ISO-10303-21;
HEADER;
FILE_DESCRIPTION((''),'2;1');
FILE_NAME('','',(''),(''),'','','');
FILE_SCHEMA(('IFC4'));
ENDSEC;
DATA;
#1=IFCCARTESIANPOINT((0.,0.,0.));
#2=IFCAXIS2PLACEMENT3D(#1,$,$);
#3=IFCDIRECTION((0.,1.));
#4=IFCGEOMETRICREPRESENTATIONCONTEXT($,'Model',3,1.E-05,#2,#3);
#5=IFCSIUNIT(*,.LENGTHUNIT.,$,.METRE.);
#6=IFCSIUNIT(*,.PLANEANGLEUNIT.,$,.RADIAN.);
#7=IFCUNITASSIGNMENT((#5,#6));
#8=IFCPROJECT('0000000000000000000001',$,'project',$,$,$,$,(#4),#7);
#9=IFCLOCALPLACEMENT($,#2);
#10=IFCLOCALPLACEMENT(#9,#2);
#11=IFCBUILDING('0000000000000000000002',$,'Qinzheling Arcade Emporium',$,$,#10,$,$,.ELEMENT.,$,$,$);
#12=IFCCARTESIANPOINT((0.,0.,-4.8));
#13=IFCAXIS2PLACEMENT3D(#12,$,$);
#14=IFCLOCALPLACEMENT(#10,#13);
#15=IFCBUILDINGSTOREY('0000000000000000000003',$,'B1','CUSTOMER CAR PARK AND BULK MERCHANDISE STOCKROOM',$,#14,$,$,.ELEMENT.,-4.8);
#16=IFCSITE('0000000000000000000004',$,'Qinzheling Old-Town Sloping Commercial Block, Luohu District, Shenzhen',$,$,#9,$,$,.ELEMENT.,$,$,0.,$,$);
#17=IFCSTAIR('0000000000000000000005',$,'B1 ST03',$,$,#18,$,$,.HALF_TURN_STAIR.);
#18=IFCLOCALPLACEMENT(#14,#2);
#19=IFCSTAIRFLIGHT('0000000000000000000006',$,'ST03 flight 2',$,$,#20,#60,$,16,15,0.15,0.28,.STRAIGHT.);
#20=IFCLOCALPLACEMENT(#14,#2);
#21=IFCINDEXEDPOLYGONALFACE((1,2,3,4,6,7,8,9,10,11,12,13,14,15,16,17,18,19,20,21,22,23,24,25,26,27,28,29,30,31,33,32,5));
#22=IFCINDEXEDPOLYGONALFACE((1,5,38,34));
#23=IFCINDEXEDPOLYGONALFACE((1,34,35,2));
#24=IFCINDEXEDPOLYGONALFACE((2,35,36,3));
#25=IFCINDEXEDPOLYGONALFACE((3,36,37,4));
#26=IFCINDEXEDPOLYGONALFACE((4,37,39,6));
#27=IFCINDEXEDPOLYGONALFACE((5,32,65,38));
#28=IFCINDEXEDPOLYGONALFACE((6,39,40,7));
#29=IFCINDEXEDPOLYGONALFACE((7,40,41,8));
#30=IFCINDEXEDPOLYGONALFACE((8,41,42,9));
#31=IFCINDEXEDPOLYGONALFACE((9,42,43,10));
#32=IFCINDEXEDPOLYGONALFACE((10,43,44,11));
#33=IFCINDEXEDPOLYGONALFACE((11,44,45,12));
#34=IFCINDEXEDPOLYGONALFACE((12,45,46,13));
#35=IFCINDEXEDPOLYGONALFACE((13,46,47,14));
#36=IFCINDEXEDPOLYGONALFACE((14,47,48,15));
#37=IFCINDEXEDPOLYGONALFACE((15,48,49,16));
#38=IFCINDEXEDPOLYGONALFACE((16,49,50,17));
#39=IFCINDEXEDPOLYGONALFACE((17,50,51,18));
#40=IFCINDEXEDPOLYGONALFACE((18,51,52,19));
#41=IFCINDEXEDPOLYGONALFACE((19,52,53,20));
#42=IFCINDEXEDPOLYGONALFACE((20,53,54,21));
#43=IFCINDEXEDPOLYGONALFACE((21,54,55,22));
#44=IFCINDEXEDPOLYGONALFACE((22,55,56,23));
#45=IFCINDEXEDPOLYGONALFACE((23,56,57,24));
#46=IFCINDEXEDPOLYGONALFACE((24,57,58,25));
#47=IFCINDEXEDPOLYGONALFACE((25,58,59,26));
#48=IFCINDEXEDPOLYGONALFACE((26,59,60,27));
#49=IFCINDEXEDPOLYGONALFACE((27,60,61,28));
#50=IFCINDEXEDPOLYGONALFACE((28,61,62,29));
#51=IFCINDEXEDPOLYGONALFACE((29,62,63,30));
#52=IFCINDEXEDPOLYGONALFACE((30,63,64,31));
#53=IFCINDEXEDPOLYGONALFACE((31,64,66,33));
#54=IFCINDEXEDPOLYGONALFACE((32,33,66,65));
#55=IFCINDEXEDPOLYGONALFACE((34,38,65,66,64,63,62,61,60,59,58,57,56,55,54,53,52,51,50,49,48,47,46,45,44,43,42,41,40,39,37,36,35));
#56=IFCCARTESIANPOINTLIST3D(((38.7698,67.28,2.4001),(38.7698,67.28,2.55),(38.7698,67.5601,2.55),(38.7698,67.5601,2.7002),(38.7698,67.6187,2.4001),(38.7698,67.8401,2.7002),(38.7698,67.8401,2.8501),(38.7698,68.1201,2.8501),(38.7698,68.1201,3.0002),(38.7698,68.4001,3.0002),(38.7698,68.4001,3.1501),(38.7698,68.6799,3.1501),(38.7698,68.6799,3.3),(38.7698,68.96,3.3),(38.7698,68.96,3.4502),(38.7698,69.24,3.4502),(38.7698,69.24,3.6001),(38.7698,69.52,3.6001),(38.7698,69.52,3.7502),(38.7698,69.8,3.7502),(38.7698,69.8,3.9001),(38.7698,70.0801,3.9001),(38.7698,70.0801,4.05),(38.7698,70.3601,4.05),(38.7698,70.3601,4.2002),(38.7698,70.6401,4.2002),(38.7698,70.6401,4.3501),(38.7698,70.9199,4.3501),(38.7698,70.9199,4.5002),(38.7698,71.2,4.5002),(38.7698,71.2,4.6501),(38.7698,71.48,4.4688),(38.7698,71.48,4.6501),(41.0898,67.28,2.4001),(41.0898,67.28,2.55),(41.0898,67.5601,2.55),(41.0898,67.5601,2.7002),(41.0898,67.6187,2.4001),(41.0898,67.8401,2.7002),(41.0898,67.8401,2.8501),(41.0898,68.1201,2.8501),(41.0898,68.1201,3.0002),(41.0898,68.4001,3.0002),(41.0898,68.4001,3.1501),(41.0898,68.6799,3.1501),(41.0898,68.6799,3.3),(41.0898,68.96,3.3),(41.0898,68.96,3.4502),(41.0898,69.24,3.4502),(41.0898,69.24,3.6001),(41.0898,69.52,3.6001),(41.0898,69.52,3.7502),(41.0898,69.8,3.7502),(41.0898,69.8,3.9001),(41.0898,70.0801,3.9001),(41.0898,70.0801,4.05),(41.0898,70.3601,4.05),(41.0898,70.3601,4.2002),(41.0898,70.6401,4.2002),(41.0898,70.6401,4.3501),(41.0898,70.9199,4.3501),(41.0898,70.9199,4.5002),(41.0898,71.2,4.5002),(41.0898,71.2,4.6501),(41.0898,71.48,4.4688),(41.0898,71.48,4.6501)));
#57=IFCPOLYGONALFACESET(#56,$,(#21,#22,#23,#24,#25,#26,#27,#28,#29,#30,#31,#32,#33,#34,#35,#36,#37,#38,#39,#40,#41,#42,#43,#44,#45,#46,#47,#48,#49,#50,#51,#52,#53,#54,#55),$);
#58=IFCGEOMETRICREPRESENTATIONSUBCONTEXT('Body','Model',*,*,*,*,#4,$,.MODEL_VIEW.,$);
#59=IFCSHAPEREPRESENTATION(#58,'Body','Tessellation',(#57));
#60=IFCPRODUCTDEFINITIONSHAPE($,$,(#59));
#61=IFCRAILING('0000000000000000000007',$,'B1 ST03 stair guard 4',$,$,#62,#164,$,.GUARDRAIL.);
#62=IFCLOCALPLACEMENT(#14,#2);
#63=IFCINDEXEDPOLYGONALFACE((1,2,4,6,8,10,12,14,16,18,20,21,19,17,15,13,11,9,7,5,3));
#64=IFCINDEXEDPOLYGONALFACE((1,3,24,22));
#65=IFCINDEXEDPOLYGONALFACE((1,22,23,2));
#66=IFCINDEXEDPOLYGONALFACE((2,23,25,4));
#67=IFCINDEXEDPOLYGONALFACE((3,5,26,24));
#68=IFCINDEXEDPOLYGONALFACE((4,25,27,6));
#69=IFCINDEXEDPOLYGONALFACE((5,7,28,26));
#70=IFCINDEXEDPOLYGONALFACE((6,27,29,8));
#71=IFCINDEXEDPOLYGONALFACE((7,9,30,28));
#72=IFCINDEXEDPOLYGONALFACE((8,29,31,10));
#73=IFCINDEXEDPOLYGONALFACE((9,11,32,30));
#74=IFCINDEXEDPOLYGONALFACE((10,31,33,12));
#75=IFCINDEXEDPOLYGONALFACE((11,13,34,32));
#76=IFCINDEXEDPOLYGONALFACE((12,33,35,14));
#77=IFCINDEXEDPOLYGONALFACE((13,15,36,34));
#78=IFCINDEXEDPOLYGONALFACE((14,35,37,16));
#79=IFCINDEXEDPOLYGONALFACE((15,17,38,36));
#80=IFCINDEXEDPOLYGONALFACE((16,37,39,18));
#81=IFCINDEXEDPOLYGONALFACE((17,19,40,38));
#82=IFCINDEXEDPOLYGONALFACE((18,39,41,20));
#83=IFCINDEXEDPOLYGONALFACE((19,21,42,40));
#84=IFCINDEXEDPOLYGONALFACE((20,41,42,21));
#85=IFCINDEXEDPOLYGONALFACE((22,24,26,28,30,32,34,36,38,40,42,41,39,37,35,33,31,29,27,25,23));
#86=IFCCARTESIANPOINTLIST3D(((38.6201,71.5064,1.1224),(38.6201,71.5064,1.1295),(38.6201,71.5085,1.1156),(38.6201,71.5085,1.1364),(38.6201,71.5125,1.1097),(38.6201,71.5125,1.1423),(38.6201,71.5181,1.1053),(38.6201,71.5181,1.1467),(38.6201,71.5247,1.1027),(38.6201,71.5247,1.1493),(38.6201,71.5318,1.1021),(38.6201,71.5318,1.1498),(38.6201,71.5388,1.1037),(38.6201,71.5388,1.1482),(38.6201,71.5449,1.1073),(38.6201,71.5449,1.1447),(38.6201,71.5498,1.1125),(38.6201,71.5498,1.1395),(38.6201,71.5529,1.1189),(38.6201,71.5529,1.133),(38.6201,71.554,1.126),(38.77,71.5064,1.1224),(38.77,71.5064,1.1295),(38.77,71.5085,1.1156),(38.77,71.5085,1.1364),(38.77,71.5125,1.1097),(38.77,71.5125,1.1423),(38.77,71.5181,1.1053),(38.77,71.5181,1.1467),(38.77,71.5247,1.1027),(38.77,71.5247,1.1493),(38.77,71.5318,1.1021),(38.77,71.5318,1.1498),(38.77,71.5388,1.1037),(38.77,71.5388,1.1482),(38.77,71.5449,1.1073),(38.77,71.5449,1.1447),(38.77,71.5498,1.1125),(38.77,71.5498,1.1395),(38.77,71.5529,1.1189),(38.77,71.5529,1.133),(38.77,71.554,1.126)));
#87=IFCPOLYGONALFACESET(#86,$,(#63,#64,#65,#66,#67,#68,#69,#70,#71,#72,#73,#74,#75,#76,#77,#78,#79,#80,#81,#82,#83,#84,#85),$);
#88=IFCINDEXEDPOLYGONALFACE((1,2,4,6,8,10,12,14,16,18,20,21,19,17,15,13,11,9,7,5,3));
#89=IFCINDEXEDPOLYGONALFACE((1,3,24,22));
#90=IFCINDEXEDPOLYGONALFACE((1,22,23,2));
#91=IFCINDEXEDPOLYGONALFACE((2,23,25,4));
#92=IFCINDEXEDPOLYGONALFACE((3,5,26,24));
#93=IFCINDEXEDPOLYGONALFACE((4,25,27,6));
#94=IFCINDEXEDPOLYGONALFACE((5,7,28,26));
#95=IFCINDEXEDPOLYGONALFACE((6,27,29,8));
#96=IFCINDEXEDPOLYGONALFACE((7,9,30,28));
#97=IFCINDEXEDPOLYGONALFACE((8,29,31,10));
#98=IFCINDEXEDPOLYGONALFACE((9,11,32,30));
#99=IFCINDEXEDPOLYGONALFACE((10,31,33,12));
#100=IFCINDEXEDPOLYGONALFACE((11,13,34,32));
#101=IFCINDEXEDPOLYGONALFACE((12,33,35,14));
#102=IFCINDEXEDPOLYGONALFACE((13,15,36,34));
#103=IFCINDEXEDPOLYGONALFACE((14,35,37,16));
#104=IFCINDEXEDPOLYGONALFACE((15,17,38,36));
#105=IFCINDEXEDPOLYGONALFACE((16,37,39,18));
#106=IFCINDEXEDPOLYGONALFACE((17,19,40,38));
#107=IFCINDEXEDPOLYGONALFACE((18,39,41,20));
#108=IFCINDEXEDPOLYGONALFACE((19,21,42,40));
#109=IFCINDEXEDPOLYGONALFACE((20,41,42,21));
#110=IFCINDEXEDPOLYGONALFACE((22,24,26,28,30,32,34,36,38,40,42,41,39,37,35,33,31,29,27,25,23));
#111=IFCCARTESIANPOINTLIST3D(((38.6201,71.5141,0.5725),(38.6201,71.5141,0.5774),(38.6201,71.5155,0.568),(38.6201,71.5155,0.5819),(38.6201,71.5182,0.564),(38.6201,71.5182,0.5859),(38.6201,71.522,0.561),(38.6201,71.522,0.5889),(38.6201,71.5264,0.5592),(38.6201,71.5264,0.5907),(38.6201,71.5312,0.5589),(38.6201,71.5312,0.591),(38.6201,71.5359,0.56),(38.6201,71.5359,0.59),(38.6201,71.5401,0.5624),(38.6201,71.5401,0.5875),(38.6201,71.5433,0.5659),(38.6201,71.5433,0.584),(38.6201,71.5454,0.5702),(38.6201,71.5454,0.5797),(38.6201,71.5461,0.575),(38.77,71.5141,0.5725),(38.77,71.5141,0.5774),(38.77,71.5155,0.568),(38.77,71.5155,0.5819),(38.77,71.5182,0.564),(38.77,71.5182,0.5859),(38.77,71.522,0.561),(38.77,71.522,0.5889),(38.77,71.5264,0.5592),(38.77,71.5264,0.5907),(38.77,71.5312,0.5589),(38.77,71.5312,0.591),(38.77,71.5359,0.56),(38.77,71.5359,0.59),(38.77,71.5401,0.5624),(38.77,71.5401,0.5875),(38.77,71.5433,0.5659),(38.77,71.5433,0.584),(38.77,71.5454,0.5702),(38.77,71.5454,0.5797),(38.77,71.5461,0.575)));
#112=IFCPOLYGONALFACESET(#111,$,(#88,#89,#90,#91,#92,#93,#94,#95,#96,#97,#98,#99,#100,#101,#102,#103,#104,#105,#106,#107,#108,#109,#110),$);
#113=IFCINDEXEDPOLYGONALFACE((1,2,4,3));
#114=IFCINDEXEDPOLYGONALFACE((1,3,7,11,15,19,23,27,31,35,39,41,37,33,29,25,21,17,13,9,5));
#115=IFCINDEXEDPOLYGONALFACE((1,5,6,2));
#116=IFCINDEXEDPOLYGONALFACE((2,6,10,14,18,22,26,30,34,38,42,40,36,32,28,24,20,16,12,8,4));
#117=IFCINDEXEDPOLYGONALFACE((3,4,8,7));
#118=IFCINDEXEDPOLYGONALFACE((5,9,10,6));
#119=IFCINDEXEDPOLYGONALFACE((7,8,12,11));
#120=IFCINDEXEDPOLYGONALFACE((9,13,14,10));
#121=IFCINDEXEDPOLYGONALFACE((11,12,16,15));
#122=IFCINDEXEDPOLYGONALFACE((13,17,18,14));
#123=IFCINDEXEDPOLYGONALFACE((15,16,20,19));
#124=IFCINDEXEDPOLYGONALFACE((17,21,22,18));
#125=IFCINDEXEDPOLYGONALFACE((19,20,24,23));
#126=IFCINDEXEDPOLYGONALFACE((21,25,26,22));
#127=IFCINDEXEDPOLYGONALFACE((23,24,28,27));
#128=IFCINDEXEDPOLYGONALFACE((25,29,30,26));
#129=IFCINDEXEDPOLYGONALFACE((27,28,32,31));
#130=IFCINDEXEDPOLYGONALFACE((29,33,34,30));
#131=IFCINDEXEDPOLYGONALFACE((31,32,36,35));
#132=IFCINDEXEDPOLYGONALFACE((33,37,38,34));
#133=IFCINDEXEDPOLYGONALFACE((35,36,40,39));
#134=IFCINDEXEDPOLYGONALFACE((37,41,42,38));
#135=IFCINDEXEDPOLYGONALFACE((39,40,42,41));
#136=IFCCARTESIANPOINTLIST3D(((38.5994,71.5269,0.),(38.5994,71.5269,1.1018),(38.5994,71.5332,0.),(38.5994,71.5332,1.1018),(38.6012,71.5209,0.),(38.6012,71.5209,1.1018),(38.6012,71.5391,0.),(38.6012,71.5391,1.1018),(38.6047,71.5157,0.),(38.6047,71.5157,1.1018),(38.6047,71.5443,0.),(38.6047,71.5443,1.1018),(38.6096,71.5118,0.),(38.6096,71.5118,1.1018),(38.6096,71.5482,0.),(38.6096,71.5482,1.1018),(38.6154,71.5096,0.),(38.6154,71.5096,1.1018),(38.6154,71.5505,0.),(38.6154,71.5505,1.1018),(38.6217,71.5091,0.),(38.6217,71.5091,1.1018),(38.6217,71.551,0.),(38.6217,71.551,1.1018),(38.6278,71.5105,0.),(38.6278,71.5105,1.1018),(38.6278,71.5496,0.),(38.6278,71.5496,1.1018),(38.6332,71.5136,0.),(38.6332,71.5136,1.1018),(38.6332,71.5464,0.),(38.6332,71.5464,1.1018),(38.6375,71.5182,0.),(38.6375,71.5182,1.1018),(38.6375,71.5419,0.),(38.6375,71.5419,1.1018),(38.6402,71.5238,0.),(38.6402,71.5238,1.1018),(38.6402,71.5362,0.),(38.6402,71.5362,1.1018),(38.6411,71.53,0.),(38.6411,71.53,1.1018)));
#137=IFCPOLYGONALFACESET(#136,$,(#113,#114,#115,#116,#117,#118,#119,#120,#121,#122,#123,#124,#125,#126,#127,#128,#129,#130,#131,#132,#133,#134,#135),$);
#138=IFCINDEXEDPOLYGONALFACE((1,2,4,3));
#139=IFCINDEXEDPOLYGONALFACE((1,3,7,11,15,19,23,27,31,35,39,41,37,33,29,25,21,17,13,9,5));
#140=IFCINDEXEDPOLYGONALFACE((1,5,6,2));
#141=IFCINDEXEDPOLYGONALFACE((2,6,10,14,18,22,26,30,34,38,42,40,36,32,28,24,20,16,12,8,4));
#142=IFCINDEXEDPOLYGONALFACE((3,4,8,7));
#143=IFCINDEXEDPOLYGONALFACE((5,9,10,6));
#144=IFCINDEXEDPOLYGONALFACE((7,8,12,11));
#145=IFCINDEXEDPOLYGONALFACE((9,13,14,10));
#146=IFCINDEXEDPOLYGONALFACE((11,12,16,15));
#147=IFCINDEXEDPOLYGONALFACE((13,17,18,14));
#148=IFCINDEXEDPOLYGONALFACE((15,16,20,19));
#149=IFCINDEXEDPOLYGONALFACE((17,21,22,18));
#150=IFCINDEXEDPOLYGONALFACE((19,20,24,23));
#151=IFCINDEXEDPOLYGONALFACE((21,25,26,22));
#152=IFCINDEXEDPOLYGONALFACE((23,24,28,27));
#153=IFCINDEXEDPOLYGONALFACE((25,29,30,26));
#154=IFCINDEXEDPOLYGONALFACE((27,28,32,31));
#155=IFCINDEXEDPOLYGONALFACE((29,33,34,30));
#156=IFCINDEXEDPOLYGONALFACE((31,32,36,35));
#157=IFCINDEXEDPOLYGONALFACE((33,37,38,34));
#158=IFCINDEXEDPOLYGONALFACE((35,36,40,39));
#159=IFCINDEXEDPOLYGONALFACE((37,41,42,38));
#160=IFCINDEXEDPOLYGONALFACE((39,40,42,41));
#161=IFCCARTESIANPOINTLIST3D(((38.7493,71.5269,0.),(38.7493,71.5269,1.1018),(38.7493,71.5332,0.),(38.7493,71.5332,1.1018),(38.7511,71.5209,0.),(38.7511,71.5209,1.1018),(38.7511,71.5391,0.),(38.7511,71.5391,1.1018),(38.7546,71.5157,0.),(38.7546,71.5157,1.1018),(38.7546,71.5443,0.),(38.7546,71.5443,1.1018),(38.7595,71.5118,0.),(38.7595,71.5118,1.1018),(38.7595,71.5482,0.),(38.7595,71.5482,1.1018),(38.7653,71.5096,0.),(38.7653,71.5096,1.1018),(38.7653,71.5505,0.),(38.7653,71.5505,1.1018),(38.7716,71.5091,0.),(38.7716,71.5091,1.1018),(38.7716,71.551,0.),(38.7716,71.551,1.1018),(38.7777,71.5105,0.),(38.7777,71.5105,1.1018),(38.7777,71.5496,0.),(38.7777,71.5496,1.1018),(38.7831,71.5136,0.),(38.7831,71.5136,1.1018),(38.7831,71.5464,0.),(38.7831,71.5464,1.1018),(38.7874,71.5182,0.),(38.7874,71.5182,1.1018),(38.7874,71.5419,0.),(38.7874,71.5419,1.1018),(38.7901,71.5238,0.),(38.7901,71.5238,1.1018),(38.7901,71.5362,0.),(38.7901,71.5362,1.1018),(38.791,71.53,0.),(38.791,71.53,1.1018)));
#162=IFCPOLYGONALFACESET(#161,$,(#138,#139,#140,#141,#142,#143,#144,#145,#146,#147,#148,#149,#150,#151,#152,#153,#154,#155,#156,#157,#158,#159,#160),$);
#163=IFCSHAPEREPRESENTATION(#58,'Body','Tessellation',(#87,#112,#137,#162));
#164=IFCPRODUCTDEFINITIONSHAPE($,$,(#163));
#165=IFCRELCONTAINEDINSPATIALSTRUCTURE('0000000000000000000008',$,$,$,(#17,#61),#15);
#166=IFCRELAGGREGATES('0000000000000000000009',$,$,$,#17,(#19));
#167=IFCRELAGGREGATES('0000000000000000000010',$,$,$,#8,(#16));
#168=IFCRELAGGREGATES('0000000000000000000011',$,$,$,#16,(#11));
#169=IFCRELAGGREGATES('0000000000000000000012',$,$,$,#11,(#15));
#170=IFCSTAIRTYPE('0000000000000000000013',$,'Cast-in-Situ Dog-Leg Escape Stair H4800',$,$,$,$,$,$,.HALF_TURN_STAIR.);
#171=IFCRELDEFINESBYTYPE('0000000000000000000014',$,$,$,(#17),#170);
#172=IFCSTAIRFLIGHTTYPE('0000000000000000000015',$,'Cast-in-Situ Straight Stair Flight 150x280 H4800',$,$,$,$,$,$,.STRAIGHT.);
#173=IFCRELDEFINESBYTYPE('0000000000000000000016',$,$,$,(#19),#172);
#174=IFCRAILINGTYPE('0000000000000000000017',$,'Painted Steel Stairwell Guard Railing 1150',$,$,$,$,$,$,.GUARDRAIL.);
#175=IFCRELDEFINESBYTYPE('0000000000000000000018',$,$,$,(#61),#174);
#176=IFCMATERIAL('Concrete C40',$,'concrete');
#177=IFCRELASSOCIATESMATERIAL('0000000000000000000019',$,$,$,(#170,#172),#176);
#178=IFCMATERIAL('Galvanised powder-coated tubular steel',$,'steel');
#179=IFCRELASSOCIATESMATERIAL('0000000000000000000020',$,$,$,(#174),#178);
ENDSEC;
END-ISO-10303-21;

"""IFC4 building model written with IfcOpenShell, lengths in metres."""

from ifc_helpers import new_model, si_unit, direction, frame, origin, origin_2d, place, context, subcontext, project, spatial, polyline, circle, outline, extrude, material, type_object, element, aggregate, save


model = new_model("IFC4")

# Units and contexts
model_context = context("Model", 3, precision=1e-05, world=origin(), true_north=direction((0.0, 1.0)))
body_context = subcontext(model_context, "Body", "Model", "MODEL_VIEW")
ifc_project = project(units=[si_unit("LENGTHUNIT", "METRE"), si_unit("PLANEANGLEUNIT", "RADIAN")], contexts=[model_context])

# Site, building, storey
site_placement = place(None, origin())
site = spatial("IfcSite", under=ifc_project, at=site_placement, Name="Qinzheling Old-Town Sloping Commercial Block, Luohu District, Shenzhen", CompositionType="ELEMENT", RefElevation=0.0)
building_placement = place(site_placement, origin())
building = spatial("IfcBuilding", under=site, at=building_placement, Name="Qinzheling Arcade Emporium", CompositionType="ELEMENT")
storey_placement = place(building_placement, frame((0.0, 0.0, -4.8)))
storey = spatial("IfcBuildingStorey", under=building, at=storey_placement, Name="B1", Description="CUSTOMER CAR PARK AND BULK MERCHANDISE STOCKROOM", CompositionType="ELEMENT", Elevation=-4.8)

# Shared definitions
ifc_material_1 = material(Name="Concrete C40", Category="concrete")

# Stair, stair flight
stair_type = type_object("IfcStairType", Name="Cast-in-Situ Dog-Leg Escape Stair H4800", PredefinedType="HALF_TURN_STAIR", material=ifc_material_1)
stair_placement = place(storey_placement, origin())
stair = element("IfcStair", 1, at=stair_placement, inside=storey, type_object=stair_type, Name="B1 ST03", PredefinedType="HALF_TURN_STAIR")
stair_flight_type = type_object("IfcStairFlightType", Name="Cast-in-Situ Straight Stair Flight 150x280 H4800", PredefinedType="STRAIGHT", material=ifc_material_1)
stair_flight_placement = place(storey_placement, frame((39.9299, 67.28, 2.4001), z_axis=(0.0, 0.0, 1.0), x_axis=(0.0, 1.0, 0.0)))
stair_flight = element("IfcStairFlight", 2, at=stair_flight_placement, type_object=stair_flight_type, Name="ST03 flight 2", NumberOfRisers=16, NumberOfTreads=15, PredefinedType="STRAIGHT", RiserHeight=0.15, TreadLength=0.28, context=body_context, shape_type="SweptSolid", body=[
    extrude(outline(polyline([(0.0, 0.0), (0.0, 0.1499), (0.28, 0.1499), (0.28, 0.3), (0.5601, 0.3), (0.5601, 0.45), (0.8401, 0.45), (0.8401, 0.6001), (1.1201, 0.6001), (1.1201, 0.75), (1.3999, 0.75), (1.3999, 0.8999), (1.6799, 0.8999), (1.6799, 1.05), (1.96, 1.05), (1.96, 1.2), (2.24, 1.2), (2.24, 1.3501), (2.52, 1.3501), (2.52, 1.5), (2.8, 1.5), (2.8, 1.6499), (3.0801, 1.6499), (3.0801, 1.8), (3.3601, 1.8), (3.3601, 1.95), (3.6399, 1.95), (3.6399, 2.1001), (3.9199, 2.1001), (3.9199, 2.25), (4.2, 2.25), (4.2, 2.3999), (4.2, 2.0686), (0.3386, 0.0), (0.0, 0.0)])), frame((0.0, 1.1602, 0.0), z_axis=(0.0, -1.0, 0.0), x_axis=(1.0, 0.0, 0.0)), (0.0, 0.0, 1.0), 2.3201),
])
aggregate(stair, [stair_flight])

# Railing
ifc_material_2 = material(Name="Galvanised powder-coated tubular steel", Category="steel")
railing_type_1 = type_object("IfcRailingType", Name="Painted Steel Stairwell Guard Railing 1150", PredefinedType="GUARDRAIL", material=ifc_material_2)
railing_1_placement = place(storey_placement, frame((38.6201, 71.53, 0.0)))
element("IfcRailing", 3, at=railing_1_placement, inside=storey, type_object=railing_type_1, Name="B1 ST03 stair guard 4", PredefinedType="GUARDRAIL", context=body_context, shape_type="SweptSolid", body=[
    extrude(circle(Radius=0.0239, at=origin_2d()), frame((0.0, 0.0, 1.126), z_axis=(1.0, 0.0, 0.0), x_axis=(0.0, 1.0, 0.0)), (0.0, 0.0, 1.0), 0.1499),
    extrude(circle(Radius=0.0161, at=origin_2d()), frame((0.0, 0.0, 0.575), z_axis=(1.0, 0.0, 0.0), x_axis=(0.0, 1.0, 0.0)), (0.0, 0.0, 1.0), 0.1499),
    extrude(circle(Radius=0.021, at=origin_2d()), origin(), (0.0, 0.0, 1.0), 1.1018),
    extrude(circle(Radius=0.021, at=origin_2d()), frame((0.1499, 0.0, 0.0)), (0.0, 0.0, 1.0), 1.1018),
])

save(model, "model.ifc")
